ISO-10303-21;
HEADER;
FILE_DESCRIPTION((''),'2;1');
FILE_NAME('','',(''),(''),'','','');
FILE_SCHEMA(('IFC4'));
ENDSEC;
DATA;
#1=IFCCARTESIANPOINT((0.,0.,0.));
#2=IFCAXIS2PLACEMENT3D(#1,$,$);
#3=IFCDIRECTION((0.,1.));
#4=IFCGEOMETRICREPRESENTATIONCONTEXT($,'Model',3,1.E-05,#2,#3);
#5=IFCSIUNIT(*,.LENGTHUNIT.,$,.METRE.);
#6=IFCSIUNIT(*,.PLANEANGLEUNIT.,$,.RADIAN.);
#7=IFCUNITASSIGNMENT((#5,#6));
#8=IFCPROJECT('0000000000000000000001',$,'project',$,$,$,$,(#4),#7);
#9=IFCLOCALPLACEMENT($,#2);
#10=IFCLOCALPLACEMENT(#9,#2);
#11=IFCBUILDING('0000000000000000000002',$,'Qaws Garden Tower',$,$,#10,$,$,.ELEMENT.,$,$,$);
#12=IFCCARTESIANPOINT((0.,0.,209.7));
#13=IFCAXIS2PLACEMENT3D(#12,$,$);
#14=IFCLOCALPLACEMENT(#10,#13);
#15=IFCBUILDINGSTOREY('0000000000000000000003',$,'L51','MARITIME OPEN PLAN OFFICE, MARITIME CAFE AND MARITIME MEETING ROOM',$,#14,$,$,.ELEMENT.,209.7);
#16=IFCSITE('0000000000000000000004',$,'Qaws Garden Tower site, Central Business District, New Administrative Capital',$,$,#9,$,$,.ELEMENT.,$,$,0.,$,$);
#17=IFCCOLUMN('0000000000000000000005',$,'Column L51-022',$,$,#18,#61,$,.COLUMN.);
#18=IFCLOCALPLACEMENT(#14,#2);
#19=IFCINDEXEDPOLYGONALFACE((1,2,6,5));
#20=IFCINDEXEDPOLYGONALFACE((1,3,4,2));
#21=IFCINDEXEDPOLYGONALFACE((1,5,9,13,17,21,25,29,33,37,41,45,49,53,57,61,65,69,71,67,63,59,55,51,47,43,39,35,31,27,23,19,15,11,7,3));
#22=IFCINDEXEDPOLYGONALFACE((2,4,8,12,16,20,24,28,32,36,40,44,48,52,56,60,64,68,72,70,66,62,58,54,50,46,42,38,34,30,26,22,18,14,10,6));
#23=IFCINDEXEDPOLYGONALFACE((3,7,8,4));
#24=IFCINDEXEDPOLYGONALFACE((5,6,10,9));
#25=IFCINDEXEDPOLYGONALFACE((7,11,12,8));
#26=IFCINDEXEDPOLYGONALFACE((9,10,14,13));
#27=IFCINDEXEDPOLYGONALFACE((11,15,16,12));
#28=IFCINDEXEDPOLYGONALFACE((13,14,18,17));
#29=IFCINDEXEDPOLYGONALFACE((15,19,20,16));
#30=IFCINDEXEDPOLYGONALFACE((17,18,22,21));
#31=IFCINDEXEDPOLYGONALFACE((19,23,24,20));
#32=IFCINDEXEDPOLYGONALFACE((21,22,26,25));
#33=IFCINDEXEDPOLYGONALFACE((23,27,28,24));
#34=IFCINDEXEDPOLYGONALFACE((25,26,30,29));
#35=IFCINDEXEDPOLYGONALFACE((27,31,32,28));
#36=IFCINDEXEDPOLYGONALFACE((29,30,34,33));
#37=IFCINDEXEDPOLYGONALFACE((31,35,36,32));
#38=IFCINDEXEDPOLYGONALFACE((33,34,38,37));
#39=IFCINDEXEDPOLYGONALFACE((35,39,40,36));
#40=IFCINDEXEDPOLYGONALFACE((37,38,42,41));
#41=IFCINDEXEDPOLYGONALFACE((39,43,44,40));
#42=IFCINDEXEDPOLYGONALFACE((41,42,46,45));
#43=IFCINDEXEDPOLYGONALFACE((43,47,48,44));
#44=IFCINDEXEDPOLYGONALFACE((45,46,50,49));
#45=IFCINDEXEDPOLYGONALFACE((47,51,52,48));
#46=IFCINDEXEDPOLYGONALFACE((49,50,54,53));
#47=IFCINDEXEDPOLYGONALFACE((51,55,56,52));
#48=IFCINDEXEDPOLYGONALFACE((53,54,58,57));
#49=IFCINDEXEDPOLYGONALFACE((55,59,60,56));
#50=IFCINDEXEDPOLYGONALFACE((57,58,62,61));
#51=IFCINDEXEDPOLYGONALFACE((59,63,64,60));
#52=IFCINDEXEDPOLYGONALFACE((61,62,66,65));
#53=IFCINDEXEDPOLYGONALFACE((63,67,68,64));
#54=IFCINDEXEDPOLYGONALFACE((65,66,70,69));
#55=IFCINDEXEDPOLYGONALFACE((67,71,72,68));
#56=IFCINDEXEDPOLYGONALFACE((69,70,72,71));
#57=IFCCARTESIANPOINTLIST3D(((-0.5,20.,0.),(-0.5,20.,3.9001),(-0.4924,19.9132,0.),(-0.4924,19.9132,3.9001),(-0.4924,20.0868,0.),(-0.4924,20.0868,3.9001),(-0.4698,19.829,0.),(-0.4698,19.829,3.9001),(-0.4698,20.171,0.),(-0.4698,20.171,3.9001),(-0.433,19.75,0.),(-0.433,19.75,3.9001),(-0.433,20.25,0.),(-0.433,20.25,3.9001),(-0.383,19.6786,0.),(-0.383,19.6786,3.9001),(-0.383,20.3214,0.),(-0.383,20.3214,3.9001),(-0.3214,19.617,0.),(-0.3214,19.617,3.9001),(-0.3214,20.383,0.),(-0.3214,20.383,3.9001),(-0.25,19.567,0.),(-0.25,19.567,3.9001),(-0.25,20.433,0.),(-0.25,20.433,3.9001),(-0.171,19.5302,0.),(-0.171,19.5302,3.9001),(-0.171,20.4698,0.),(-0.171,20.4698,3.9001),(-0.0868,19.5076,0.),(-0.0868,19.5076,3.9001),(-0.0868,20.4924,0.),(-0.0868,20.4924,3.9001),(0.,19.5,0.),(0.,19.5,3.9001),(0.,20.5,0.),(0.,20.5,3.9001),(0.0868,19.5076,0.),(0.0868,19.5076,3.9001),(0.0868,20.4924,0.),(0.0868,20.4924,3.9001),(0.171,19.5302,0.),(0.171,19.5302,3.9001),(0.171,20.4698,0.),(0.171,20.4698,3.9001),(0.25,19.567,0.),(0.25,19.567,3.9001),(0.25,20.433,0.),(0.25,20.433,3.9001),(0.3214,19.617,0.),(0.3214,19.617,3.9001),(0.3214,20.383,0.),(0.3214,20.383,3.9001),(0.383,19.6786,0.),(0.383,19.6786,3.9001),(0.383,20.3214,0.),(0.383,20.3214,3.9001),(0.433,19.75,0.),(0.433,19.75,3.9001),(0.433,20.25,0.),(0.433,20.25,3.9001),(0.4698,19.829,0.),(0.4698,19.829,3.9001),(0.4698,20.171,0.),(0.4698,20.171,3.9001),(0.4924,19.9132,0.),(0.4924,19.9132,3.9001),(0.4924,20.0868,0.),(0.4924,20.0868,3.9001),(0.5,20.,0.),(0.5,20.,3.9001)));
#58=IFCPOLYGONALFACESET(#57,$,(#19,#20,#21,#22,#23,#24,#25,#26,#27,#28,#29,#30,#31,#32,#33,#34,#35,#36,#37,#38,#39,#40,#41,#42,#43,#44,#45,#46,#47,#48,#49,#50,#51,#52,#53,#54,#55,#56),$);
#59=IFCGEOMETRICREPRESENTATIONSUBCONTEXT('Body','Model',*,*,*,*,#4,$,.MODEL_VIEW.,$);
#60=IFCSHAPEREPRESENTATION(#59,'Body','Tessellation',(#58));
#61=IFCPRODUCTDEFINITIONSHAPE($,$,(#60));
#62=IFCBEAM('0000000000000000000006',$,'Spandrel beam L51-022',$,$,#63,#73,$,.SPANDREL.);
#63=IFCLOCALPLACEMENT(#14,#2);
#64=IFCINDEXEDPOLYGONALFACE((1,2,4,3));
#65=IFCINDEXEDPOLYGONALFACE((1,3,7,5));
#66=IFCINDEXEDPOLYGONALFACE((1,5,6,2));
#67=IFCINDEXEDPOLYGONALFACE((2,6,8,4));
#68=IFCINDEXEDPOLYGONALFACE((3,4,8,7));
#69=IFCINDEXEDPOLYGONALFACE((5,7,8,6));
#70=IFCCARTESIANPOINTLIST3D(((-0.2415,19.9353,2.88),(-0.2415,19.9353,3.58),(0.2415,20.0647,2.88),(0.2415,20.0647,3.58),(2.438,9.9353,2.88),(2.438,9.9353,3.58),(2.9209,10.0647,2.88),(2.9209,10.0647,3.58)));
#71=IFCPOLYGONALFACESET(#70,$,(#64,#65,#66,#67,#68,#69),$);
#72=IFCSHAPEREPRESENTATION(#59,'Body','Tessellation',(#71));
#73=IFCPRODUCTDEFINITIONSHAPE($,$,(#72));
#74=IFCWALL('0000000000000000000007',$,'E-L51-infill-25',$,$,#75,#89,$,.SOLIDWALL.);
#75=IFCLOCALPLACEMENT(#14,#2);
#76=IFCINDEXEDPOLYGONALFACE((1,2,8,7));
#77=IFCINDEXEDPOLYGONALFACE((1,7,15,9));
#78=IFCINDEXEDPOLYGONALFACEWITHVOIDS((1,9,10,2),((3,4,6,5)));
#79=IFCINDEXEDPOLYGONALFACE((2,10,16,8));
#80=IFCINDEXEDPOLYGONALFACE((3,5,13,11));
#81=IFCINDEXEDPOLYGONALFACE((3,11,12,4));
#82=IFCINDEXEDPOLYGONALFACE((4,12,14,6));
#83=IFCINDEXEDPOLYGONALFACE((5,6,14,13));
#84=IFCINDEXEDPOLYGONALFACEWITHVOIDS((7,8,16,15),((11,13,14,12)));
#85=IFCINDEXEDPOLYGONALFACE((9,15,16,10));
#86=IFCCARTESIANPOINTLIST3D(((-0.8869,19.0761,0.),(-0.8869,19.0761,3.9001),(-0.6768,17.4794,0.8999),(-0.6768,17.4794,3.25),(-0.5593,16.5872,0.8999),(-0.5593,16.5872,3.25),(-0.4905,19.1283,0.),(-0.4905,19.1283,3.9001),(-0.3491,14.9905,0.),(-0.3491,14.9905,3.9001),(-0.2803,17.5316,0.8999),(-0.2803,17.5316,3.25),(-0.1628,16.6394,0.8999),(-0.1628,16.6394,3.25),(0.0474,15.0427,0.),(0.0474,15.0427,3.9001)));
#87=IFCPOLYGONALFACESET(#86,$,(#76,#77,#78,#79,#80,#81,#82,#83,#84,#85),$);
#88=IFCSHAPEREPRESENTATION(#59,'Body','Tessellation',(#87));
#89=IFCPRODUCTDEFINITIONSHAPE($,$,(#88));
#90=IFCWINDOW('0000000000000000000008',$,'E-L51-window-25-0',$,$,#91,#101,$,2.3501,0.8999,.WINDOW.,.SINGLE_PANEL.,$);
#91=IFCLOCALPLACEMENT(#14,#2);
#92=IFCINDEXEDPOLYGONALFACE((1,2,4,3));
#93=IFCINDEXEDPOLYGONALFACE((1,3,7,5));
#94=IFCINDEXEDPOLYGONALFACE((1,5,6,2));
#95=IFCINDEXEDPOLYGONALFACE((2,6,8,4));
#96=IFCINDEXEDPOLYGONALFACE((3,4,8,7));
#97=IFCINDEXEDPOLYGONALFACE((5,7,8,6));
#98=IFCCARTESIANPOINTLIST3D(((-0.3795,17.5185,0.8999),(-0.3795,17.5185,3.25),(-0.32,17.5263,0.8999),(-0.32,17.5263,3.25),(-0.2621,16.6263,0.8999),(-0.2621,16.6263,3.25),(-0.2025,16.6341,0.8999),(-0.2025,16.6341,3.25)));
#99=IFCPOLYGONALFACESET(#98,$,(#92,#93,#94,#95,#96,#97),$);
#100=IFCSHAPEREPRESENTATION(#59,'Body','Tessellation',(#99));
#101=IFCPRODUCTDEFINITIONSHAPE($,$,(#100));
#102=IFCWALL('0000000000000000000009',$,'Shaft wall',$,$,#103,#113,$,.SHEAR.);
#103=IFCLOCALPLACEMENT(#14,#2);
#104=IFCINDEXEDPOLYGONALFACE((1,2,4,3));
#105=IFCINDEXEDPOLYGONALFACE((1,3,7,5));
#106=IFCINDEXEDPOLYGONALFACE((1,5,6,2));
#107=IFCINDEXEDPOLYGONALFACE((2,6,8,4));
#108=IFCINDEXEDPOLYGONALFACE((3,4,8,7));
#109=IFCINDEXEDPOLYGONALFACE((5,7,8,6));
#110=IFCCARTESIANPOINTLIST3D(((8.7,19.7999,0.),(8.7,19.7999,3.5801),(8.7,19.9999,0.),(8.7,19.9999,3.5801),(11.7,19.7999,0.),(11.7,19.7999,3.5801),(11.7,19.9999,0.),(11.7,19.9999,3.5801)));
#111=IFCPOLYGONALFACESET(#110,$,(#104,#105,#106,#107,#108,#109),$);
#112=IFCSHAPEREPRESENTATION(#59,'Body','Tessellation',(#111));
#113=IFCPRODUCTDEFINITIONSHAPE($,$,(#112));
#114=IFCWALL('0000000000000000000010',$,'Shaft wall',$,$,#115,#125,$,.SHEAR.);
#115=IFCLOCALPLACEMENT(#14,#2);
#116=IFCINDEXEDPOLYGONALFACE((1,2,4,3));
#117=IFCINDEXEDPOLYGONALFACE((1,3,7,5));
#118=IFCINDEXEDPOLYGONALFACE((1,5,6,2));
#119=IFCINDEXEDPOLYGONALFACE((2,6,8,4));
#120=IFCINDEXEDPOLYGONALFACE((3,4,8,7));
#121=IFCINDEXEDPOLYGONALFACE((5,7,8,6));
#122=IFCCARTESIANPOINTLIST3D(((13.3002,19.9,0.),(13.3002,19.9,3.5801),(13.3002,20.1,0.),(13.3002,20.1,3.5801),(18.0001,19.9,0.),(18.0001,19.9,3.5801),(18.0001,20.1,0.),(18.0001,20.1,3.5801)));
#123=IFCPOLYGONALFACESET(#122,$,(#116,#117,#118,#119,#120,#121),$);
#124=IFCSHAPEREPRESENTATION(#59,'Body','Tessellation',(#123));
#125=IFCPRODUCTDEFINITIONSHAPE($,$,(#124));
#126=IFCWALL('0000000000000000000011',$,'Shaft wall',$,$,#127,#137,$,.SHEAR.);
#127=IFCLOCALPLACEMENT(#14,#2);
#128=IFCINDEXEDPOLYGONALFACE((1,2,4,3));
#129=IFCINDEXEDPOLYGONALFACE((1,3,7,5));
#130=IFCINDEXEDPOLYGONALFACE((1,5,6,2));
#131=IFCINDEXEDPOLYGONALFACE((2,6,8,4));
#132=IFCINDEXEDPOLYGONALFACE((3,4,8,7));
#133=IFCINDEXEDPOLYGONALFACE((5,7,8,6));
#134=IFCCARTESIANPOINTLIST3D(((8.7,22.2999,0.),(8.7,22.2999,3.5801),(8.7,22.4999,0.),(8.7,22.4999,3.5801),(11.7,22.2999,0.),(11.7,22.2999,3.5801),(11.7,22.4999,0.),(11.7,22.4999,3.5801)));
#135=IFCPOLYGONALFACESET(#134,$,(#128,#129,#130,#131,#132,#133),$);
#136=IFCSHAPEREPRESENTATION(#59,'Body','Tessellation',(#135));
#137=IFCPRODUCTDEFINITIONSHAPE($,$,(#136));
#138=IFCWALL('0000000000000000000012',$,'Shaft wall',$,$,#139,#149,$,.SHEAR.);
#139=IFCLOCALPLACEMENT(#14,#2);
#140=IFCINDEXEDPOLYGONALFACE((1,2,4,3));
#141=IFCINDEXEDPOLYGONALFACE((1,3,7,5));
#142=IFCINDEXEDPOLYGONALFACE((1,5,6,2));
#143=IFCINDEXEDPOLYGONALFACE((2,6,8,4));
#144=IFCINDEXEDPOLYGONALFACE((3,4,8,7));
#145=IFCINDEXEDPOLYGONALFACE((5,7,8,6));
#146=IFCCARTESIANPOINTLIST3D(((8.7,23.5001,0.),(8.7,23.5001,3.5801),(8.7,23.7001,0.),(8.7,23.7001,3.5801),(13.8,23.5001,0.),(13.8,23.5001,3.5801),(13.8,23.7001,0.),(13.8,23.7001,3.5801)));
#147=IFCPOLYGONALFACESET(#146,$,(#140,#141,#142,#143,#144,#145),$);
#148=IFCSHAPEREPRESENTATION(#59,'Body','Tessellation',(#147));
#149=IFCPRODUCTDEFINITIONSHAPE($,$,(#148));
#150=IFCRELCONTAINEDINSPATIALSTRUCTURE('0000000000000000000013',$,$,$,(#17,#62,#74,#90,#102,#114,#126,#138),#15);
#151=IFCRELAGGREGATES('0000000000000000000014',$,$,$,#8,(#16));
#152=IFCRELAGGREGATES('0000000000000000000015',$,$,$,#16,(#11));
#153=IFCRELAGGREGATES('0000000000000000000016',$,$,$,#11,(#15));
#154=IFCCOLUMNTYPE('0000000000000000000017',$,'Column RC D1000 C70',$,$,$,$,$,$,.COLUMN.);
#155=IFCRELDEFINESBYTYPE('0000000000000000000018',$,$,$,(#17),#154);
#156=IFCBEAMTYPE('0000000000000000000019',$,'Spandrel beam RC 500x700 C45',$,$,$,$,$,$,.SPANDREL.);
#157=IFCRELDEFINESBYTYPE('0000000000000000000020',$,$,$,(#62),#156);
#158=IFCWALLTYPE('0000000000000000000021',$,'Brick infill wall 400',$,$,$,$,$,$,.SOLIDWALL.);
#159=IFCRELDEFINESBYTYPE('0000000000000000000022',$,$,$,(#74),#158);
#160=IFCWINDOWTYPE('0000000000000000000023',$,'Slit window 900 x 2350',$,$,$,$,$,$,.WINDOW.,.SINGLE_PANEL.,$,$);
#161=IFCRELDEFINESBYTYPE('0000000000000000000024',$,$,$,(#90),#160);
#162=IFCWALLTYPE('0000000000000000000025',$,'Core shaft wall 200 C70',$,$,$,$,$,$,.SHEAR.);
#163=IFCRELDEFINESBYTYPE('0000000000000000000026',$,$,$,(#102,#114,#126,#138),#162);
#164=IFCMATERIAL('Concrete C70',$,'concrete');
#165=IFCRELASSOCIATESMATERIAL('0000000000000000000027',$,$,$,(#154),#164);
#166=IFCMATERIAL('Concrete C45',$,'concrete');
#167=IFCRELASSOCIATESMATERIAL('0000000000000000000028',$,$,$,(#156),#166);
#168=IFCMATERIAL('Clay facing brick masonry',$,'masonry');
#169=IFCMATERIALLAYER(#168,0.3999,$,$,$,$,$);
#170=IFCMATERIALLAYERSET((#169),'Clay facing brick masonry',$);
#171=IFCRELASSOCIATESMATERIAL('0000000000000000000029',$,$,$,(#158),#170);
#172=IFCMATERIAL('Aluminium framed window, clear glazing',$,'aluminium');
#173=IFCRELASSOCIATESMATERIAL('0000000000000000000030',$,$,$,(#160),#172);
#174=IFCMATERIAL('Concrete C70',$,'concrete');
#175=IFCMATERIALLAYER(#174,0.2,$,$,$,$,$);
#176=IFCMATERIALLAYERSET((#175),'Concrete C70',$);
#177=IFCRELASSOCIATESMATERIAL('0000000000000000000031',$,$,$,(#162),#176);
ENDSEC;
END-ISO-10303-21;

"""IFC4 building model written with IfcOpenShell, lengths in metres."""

from ifc_helpers import new_model, si_unit, direction, frame, frame_2d, origin, origin_2d, place, context, subcontext, project, spatial, rectangle, circle, extrude, material, layer, layer_set, material_profile, profile_set, type_object, element, fill, save


model = new_model("IFC4")

# Units and contexts
model_context = context("Model", 3, precision=1e-05, world=origin(), true_north=direction((0.0, 1.0)))
body_context = subcontext(model_context, "Body", "Model", "MODEL_VIEW")
ifc_project = project(units=[si_unit("LENGTHUNIT", "METRE"), si_unit("PLANEANGLEUNIT", "RADIAN")], contexts=[model_context])

# Site, building, storey
site_placement = place(None, origin())
site = spatial("IfcSite", under=ifc_project, at=site_placement, Name="Qaws Garden Tower site, Central Business District, New Administrative Capital", CompositionType="ELEMENT", RefElevation=0.0)
building_placement = place(site_placement, origin())
building = spatial("IfcBuilding", under=site, at=building_placement, Name="Qaws Garden Tower", CompositionType="ELEMENT")
storey_placement = place(building_placement, frame((0.0, 0.0, 209.7)))
storey = spatial("IfcBuildingStorey", under=building, at=storey_placement, Name="L51", Description="MARITIME OPEN PLAN OFFICE, MARITIME CAFE AND MARITIME MEETING ROOM", CompositionType="ELEMENT", Elevation=209.7)

# Column
ifc_material_1 = material(Name="Concrete C70", Category="concrete")
ifc_material_profile_1 = material_profile(ifc_material_1, circle(Radius=0.5, at=origin_2d()), Name="RC D1000")
ifc_profile_set_1 = profile_set([ifc_material_profile_1], Name="Concrete C70")
column_type = type_object("IfcColumnType", Name="Column RC D1000 C70", PredefinedType="COLUMN", material=ifc_profile_set_1)
column_placement = place(storey_placement, frame((0.0, 20.0, 0.0), z_axis=(0.0, 0.0, 1.0), x_axis=(1.0, 0.0, 0.0)))
element("IfcColumn", 1, at=column_placement, inside=storey, type_object=column_type, Name="Column L51-022", PredefinedType="COLUMN", context=body_context, shape_type="SweptSolid", body=[
    extrude(circle(Radius=0.5, at=origin_2d()), origin(), (0.0, 0.0, 1.0), 3.9001),
])

# Beam
ifc_material_2 = material(Name="Concrete C45", Category="concrete")
ifc_material_profile_2 = material_profile(ifc_material_2, rectangle(XDim=0.5, YDim=0.7, at=origin_2d()), Name="RC 500x700")
ifc_profile_set_2 = profile_set([ifc_material_profile_2], Name="Concrete C45")
beam_type = type_object("IfcBeamType", Name="Spandrel beam RC 500x700 C45", PredefinedType="SPANDREL", material=ifc_profile_set_2)
beam_placement = place(storey_placement, frame((0.0, 20.0, 3.23), z_axis=(0.258815, -0.965927, 0.0), x_axis=(0.965927, 0.258815, 0.0)))
element("IfcBeam", 2, at=beam_placement, inside=storey, type_object=beam_type, Name="Spandrel beam L51-022", PredefinedType="SPANDREL", context=body_context, shape_type="SweptSolid", body=[
    extrude(rectangle(XDim=0.5, YDim=0.7, at=origin_2d()), origin(), (0.0, 0.0, 1.0), 10.3528),
])

# Wall, opening, window
ifc_material_3 = material(Name="Clay facing brick masonry", Category="masonry")
ifc_layer_1 = layer(ifc_material_3, 0.3999)
ifc_layer_set_1 = layer_set([ifc_layer_1], Name="Clay facing brick masonry")
wall_type_1 = type_object("IfcWallType", Name="Brick infill wall 400", PredefinedType="SOLIDWALL", material=ifc_layer_set_1)
wall_1_placement = place(storey_placement, frame((-0.6887, 19.1023, 0.0), z_axis=(0.0, 0.0, 1.0), x_axis=(0.130514, -0.991446, 0.0)))
wall_1 = element("IfcWall", 3, at=wall_1_placement, inside=storey, type_object=wall_type_1, Name="E-L51-infill-25", PredefinedType="SOLIDWALL", context=body_context, shape_type="SweptSolid", body=[
    extrude(rectangle(XDim=4.1208, YDim=0.3999, at=frame_2d((2.0605, 0.0))), origin(), (0.0, 0.0, 1.0), 3.9001),
])
opening_1_placement = place(wall_1_placement, frame((1.6106, 0.0, 0.8999)))
opening_1 = element("IfcOpeningElement", 4, at=opening_1_placement, cuts=wall_1, PredefinedType="OPENING", context=body_context, shape_type="SweptSolid", body=[
    extrude(rectangle(XDim=0.8999, YDim=2.3501, at=frame_2d((0.45, 1.175))), frame((0.0, 0.21, 0.0), z_axis=(0.0, -1.0, 0.0), x_axis=(1.0, 0.0, 0.0)), (0.0, 0.0, 1.0), 0.4199),
])
ifc_material_4 = material(Name="Aluminium framed window, clear glazing", Category="aluminium")
window_type = type_object("IfcWindowType", Name="Slit window 900 x 2350", PartitioningType="SINGLE_PANEL", PredefinedType="WINDOW", material=ifc_material_4)
window_placement = place(opening_1_placement, origin())
window = element("IfcWindow", 5, at=window_placement, inside=storey, type_object=window_type, Name="E-L51-window-25-0", OverallHeight=2.3501, OverallWidth=0.8999, PartitioningType="SINGLE_PANEL", PredefinedType="WINDOW", context=body_context, shape_type="SweptSolid", body=[
    extrude(rectangle(XDim=0.8999, YDim=2.3501, at=frame_2d((0.45, 1.175))), frame((0.0, 0.1599, 0.0), z_axis=(0.0, -1.0, 0.0), x_axis=(1.0, 0.0, 0.0)), (0.0, 0.0, 1.0), 0.0601),
])
fill(opening_1, window)

# Walls
ifc_material_5 = material(Name="Concrete C70", Category="concrete")
ifc_layer_2 = layer(ifc_material_5, 0.2)
ifc_layer_set_2 = layer_set([ifc_layer_2], Name="Concrete C70")
wall_type_2 = type_object("IfcWallType", Name="Core shaft wall 200 C70", PredefinedType="SHEAR", material=ifc_layer_set_2)
wall_2_placement = place(storey_placement, frame((8.7, 19.8999, 0.0), z_axis=(0.0, 0.0, 1.0), x_axis=(1.0, 0.0, 0.0)))
element("IfcWall", 6, at=wall_2_placement, inside=storey, type_object=wall_type_2, Name="Shaft wall", PredefinedType="SHEAR", context=body_context, shape_type="SweptSolid", body=[
    extrude(rectangle(XDim=3.0, YDim=0.2, at=frame_2d((1.5, 0.0))), origin(), (0.0, 0.0, 1.0), 3.5801),
])
wall_3_placement = place(storey_placement, frame((13.3, 20.0, 0.0), z_axis=(0.0, 0.0, 1.0), x_axis=(1.0, 0.0, 0.0)))
element("IfcWall", 7, at=wall_3_placement, inside=storey, type_object=wall_type_2, Name="Shaft wall", PredefinedType="SHEAR", context=body_context, shape_type="SweptSolid", body=[
    extrude(rectangle(XDim=4.7, YDim=0.2, at=frame_2d((2.3501, 0.0))), origin(), (0.0, 0.0, 1.0), 3.5801),
])
wall_4_placement = place(storey_placement, frame((8.7, 22.3999, 0.0), z_axis=(0.0, 0.0, 1.0), x_axis=(1.0, 0.0, 0.0)))
element("IfcWall", 8, at=wall_4_placement, inside=storey, type_object=wall_type_2, Name="Shaft wall", PredefinedType="SHEAR", context=body_context, shape_type="SweptSolid", body=[
    extrude(rectangle(XDim=3.0, YDim=0.2, at=frame_2d((1.5, 0.0))), origin(), (0.0, 0.0, 1.0), 3.5801),
])
wall_5_placement = place(storey_placement, frame((8.7, 23.6001, 0.0), z_axis=(0.0, 0.0, 1.0), x_axis=(1.0, 0.0, 0.0)))
element("IfcWall", 9, at=wall_5_placement, inside=storey, type_object=wall_type_2, Name="Shaft wall", PredefinedType="SHEAR", context=body_context, shape_type="SweptSolid", body=[
    extrude(rectangle(XDim=5.1001, YDim=0.2, at=frame_2d((2.55, 0.0))), origin(), (0.0, 0.0, 1.0), 3.5801),
])

save(model, "model.ifc")
